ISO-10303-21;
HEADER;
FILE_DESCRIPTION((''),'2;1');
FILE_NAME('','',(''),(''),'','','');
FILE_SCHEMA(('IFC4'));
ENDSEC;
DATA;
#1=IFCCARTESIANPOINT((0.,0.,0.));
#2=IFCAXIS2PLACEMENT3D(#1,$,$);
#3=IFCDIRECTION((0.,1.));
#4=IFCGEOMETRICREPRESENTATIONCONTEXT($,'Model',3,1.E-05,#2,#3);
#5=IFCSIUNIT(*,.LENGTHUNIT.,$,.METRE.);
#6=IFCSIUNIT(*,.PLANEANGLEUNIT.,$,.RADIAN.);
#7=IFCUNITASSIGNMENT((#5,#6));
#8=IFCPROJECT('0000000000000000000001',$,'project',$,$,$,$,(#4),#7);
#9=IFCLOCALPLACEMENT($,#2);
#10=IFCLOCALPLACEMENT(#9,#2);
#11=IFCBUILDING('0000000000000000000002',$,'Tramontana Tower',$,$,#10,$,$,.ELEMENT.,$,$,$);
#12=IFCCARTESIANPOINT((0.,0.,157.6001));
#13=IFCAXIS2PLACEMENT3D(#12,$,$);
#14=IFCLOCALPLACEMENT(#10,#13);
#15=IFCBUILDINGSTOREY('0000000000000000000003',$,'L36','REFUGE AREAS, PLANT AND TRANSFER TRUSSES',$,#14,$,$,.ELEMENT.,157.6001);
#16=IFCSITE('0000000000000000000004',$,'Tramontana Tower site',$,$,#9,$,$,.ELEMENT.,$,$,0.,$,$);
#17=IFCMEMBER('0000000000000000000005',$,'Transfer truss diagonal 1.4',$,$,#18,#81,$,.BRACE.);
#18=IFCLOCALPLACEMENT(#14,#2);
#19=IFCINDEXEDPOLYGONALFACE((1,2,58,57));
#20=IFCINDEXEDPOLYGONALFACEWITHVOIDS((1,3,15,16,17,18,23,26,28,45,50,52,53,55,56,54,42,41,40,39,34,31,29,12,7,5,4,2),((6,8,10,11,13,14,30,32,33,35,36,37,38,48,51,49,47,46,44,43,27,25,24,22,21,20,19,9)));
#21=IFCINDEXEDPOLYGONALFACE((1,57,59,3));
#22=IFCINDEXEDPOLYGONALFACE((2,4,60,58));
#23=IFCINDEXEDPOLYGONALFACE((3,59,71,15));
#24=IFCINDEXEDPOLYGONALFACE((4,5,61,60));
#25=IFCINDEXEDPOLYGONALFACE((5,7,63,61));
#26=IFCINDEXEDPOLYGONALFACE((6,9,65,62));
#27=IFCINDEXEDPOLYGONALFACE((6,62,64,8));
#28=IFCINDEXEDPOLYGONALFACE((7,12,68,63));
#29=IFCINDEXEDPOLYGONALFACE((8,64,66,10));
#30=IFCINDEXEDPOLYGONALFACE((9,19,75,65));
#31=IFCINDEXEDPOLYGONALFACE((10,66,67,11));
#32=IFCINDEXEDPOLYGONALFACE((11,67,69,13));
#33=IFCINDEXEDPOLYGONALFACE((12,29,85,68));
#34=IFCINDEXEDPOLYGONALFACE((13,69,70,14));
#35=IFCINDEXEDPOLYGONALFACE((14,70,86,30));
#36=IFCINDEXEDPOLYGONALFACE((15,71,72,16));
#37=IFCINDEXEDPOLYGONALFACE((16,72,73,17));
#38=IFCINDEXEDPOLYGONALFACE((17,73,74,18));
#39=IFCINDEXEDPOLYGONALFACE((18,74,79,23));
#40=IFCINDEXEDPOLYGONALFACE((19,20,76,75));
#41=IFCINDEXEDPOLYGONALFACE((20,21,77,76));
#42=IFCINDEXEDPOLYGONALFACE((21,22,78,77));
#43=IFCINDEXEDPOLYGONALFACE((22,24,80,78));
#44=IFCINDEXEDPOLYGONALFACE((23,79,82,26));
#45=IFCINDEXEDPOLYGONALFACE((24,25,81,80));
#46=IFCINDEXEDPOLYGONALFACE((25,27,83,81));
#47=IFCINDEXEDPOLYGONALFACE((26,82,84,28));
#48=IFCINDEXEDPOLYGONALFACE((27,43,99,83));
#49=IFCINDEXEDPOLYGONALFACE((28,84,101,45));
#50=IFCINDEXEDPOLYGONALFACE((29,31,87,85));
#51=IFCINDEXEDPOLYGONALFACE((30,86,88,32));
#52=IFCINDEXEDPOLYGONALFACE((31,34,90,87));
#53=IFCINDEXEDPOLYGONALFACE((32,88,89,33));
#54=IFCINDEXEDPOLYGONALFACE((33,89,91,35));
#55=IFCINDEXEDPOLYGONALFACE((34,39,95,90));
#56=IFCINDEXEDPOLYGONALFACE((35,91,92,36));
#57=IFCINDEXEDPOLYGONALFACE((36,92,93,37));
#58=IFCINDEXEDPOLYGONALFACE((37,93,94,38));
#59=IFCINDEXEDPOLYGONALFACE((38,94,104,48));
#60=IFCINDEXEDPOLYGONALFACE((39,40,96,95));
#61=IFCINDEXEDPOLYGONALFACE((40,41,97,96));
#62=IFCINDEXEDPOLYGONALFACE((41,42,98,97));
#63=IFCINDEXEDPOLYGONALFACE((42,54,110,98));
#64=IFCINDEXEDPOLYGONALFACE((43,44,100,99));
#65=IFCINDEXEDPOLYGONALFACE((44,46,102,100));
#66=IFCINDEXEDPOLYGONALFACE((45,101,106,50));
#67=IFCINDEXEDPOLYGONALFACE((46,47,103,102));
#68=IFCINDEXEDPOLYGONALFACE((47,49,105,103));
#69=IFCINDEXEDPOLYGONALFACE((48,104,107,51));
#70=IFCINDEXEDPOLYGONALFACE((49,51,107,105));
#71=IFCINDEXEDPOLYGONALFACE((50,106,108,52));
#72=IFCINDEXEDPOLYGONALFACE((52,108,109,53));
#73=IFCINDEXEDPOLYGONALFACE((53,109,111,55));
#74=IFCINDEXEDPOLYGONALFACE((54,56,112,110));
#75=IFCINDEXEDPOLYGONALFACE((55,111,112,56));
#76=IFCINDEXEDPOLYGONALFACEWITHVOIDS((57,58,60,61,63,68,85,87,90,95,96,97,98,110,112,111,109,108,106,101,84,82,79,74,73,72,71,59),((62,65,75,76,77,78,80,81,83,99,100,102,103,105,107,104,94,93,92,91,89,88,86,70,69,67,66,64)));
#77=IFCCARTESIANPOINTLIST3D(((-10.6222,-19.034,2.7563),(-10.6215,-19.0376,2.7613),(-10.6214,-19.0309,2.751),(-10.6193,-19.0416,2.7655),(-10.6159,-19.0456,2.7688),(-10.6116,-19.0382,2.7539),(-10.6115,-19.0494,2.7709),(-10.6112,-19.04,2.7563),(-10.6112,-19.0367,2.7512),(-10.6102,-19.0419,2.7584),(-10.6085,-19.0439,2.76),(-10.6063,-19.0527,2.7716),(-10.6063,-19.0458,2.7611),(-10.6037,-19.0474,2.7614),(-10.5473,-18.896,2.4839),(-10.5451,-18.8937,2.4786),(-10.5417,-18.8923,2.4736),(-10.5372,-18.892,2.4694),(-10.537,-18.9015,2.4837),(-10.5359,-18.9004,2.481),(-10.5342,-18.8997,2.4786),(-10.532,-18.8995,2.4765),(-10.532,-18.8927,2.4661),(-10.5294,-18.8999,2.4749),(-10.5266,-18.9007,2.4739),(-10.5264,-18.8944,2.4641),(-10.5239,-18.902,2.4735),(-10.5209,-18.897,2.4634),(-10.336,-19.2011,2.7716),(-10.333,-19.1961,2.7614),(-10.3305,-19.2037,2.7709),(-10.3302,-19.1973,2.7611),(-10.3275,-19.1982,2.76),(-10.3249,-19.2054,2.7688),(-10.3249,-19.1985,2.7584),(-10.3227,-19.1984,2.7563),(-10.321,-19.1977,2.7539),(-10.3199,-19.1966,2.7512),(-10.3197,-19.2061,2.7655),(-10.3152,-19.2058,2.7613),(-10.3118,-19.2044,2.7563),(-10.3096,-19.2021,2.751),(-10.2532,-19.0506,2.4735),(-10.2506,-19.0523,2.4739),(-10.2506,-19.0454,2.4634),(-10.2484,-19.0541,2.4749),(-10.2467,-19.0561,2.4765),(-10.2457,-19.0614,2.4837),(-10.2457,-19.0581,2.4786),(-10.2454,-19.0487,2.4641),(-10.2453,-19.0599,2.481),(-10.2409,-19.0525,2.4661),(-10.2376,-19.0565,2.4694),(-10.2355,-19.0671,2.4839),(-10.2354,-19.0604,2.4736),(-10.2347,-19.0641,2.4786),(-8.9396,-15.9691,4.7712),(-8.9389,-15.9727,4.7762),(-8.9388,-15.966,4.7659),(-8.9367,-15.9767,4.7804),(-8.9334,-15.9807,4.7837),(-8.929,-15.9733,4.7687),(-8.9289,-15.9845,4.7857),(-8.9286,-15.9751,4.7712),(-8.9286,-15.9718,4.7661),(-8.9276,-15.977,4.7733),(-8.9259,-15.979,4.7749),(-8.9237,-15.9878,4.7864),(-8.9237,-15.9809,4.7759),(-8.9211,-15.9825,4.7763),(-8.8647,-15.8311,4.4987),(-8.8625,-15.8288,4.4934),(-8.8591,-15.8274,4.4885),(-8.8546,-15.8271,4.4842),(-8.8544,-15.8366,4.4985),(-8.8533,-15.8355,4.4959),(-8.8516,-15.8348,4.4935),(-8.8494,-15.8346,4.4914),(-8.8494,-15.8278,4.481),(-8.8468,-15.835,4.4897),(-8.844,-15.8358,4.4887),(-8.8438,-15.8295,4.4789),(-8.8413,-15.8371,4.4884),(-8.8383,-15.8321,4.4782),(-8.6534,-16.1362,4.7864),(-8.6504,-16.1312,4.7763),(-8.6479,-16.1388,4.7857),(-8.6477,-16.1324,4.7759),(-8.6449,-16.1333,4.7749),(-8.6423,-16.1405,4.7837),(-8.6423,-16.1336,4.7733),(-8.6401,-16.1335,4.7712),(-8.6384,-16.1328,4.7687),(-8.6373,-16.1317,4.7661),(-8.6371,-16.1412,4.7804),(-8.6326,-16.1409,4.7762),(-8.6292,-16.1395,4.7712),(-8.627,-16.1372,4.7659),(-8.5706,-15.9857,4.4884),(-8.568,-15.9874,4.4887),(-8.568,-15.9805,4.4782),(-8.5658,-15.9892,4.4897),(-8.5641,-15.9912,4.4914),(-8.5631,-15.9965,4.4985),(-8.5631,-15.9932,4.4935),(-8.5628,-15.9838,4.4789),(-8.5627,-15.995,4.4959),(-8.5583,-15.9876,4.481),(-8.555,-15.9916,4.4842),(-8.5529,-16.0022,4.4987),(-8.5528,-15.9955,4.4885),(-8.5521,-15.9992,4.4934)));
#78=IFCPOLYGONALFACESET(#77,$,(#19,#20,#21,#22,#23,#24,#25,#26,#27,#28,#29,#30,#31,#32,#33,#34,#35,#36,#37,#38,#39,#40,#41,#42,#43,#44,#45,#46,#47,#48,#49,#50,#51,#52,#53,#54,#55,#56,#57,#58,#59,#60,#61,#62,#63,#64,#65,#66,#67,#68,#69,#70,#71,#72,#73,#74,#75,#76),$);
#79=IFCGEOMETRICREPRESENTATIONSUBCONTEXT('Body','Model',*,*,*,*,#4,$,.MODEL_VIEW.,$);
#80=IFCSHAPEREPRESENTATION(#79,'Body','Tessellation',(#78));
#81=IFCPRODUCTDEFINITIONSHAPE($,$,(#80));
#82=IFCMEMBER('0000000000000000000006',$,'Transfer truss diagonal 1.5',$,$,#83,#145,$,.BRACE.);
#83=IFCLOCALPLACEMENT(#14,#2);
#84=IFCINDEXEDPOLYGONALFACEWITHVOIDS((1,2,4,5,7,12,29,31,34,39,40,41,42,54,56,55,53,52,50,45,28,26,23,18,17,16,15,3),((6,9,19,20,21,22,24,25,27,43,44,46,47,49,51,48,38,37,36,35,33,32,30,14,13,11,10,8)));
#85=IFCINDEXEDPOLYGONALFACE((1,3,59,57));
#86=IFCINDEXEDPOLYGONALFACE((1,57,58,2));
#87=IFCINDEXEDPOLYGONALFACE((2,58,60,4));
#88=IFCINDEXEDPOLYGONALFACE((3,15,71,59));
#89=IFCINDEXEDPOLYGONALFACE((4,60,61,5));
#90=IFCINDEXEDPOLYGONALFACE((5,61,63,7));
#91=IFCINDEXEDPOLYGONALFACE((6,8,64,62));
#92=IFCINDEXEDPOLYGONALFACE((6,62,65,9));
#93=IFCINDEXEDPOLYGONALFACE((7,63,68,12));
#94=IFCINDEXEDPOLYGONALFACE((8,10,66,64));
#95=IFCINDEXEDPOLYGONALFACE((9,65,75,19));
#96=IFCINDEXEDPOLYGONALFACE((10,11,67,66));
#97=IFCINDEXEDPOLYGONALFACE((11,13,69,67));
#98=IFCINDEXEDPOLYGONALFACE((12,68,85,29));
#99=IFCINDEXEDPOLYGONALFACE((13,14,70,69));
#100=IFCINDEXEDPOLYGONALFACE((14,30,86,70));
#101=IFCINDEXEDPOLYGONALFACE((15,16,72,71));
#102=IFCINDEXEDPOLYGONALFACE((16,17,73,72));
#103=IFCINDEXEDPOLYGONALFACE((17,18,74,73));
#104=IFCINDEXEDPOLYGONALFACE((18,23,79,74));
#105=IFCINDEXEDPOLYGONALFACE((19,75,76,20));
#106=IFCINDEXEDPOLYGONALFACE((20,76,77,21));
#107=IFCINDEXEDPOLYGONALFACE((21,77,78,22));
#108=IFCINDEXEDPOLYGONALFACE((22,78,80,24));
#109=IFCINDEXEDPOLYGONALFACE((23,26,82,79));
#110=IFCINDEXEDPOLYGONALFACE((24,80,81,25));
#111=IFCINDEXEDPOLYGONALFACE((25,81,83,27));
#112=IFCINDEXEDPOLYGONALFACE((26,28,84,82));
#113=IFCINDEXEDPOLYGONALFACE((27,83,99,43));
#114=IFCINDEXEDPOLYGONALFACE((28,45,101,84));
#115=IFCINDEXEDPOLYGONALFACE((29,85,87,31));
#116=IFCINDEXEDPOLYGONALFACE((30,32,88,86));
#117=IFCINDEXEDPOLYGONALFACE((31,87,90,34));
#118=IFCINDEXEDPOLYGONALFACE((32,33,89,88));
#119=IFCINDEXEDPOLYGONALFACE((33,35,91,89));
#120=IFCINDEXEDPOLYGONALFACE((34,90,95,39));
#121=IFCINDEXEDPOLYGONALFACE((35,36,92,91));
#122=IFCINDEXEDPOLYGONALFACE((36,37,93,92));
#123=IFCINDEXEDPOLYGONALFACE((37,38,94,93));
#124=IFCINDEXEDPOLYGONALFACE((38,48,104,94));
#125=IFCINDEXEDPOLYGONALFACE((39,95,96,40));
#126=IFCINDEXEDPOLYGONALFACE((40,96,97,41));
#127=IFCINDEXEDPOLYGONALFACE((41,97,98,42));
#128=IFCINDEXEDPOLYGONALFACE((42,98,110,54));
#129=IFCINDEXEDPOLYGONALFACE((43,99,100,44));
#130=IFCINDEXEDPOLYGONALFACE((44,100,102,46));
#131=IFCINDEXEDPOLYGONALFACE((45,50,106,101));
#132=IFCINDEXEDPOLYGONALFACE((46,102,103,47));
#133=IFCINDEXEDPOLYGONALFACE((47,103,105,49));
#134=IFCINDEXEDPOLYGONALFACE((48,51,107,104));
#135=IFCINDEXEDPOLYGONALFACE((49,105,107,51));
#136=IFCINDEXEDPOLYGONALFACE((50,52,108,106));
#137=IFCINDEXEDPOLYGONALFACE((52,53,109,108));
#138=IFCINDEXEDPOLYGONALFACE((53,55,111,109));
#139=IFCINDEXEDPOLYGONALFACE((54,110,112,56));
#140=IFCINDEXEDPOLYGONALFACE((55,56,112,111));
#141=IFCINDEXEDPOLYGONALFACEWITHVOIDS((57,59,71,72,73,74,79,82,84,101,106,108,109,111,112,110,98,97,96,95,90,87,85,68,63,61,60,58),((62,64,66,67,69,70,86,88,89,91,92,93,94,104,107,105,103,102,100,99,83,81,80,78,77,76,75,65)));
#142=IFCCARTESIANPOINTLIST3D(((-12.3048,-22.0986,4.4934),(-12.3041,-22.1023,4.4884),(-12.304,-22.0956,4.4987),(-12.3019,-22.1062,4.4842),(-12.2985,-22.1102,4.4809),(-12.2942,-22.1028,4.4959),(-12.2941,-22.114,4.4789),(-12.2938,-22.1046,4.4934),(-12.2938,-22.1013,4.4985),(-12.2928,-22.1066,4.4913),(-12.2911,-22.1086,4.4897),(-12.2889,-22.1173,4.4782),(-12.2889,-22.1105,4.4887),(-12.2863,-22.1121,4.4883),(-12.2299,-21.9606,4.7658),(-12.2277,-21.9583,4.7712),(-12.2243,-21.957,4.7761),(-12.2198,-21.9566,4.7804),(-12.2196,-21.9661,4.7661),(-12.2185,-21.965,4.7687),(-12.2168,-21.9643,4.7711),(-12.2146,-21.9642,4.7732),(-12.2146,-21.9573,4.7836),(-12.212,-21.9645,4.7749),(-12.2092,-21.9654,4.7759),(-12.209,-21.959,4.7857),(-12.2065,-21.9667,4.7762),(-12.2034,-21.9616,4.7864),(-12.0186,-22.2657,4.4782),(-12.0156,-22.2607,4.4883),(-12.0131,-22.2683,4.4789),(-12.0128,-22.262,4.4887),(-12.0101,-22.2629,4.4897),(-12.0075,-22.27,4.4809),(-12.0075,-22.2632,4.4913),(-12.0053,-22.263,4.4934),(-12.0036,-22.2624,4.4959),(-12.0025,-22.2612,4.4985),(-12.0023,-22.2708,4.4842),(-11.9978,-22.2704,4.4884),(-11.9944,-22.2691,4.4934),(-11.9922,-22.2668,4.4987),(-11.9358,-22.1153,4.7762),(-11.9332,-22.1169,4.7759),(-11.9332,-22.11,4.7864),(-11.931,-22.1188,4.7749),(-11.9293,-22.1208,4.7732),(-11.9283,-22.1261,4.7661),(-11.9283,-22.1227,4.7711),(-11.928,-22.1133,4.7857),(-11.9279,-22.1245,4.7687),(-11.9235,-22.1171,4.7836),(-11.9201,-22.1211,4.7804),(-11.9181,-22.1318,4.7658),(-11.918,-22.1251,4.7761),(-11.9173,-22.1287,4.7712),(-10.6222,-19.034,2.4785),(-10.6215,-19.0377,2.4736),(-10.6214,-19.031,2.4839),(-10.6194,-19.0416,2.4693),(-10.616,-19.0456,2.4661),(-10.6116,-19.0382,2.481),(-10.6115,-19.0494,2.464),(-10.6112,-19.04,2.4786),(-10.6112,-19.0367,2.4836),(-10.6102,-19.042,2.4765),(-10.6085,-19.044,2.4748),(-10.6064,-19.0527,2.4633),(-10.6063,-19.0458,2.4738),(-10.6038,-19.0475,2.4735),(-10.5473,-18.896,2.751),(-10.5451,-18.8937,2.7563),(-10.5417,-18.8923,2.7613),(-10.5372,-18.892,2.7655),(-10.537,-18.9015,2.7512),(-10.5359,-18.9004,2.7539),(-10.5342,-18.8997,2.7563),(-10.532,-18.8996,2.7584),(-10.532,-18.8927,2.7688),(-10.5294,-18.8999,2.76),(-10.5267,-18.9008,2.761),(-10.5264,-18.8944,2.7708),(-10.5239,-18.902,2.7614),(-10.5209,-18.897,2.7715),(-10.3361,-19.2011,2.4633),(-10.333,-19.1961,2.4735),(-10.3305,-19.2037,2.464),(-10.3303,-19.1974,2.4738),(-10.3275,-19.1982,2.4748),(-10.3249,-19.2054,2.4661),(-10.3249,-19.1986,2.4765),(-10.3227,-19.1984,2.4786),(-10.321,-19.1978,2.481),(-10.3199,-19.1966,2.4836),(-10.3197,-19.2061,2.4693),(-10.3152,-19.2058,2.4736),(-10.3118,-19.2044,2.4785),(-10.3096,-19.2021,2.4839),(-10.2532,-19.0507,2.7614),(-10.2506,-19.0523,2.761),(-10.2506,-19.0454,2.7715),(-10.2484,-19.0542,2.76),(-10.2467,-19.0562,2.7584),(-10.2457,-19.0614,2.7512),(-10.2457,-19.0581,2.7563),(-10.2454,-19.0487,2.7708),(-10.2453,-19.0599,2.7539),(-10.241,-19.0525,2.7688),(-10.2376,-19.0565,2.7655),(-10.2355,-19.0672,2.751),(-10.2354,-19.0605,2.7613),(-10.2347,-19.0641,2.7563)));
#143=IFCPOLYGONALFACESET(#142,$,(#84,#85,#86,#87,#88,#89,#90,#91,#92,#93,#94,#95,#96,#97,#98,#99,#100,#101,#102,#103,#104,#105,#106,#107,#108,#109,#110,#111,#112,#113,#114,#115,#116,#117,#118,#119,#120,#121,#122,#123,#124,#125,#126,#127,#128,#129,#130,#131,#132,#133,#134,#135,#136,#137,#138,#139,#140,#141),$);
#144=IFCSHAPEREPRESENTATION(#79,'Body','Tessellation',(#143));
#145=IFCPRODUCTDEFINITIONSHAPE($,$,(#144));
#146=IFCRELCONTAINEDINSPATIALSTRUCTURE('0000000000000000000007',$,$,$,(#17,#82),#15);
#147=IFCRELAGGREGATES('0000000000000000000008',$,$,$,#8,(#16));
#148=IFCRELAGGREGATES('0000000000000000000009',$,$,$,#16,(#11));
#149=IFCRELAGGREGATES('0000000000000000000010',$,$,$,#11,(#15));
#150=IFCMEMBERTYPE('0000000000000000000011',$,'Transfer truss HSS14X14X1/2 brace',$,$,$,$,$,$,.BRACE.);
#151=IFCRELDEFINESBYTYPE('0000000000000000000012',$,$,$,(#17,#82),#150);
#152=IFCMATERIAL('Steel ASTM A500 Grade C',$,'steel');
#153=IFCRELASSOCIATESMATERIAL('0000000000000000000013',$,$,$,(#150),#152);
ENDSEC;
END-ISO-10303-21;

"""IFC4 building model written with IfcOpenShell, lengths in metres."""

from ifc_helpers import new_model, si_unit, direction, frame, origin, origin_2d, place, context, subcontext, project, spatial, hollow_rectangle, extrude, material, material_profile, profile_set, type_object, element, save


model = new_model("IFC4")

# Units and contexts
model_context = context("Model", 3, precision=1e-05, world=origin(), true_north=direction((0.0, 1.0)))
body_context = subcontext(model_context, "Body", "Model", "MODEL_VIEW")
ifc_project = project(units=[si_unit("LENGTHUNIT", "METRE"), si_unit("PLANEANGLEUNIT", "RADIAN")], contexts=[model_context])

# Site, building, storey
site_placement = place(None, origin())
site = spatial("IfcSite", under=ifc_project, at=site_placement, Name="Tramontana Tower site", CompositionType="ELEMENT", RefElevation=0.0)
building_placement = place(site_placement, origin())
building = spatial("IfcBuilding", under=site, at=building_placement, Name="Tramontana Tower", CompositionType="ELEMENT")
storey_placement = place(building_placement, frame((0.0, 0.0, 157.6001)))
storey = spatial("IfcBuildingStorey", under=building, at=storey_placement, Name="L36", Description="REFUGE AREAS, PLANT AND TRANSFER TRUSSES", CompositionType="ELEMENT", Elevation=157.6001)

# Members
ifc_material_1 = material(Name="Steel ASTM A500 Grade C", Category="steel")
ifc_material_profile_1 = material_profile(ifc_material_1, hollow_rectangle(XDim=0.3557, YDim=0.3557, WallThickness=0.0117, InnerFilletRadius=0.0117, OuterFilletRadius=0.0237, at=origin_2d()), Name="HSS14X14X1/2")
ifc_profile_set_1 = profile_set([ifc_material_profile_1], Name="Steel ASTM A500 Grade C")
member_type_1 = type_object("IfcMemberType", Name="Transfer truss HSS14X14X1/2 brace", PredefinedType="BRACE", material=ifc_profile_set_1)
member_1_placement = place(storey_placement, frame((-8.7458, -15.9841, 4.6323), z_axis=(-0.416959, -0.759504, -0.499298), x_axis=(0.87659, -0.481238, 0.0)))
element("IfcMember", 1, at=member_1_placement, inside=storey, type_object=member_type_1, Name="Transfer truss diagonal 1.4", PredefinedType="BRACE", context=body_context, shape_type="SweptSolid", body=[
    extrude(hollow_rectangle(XDim=0.3557, YDim=0.3557, WallThickness=0.0117, InnerFilletRadius=0.0117, OuterFilletRadius=0.0237, at=origin_2d()), origin(), (0.0, 0.0, 1.0), 4.0354),
])
for number, where, z_axis, x_axis, name in (
    (2, (-10.4285, -19.0491, 2.6174), (-0.416978, -0.759479, 0.499321), (0.876574, -0.481267, 0.0), "Transfer truss diagonal 1.5"),
):
    element("IfcMember", number, at=place(storey_placement, frame(where, z_axis=z_axis, x_axis=x_axis)), inside=storey, type_object=member_type_1, Name=name, PredefinedType="BRACE", context=body_context, shape_type="SweptSolid", body=[
        extrude(hollow_rectangle(XDim=0.3557, YDim=0.3557, WallThickness=0.0117, InnerFilletRadius=0.0117, OuterFilletRadius=0.0237, at=origin_2d()), origin(), (0.0, 0.0, 1.0), 4.0352),
    ])

save(model, "model.ifc")
